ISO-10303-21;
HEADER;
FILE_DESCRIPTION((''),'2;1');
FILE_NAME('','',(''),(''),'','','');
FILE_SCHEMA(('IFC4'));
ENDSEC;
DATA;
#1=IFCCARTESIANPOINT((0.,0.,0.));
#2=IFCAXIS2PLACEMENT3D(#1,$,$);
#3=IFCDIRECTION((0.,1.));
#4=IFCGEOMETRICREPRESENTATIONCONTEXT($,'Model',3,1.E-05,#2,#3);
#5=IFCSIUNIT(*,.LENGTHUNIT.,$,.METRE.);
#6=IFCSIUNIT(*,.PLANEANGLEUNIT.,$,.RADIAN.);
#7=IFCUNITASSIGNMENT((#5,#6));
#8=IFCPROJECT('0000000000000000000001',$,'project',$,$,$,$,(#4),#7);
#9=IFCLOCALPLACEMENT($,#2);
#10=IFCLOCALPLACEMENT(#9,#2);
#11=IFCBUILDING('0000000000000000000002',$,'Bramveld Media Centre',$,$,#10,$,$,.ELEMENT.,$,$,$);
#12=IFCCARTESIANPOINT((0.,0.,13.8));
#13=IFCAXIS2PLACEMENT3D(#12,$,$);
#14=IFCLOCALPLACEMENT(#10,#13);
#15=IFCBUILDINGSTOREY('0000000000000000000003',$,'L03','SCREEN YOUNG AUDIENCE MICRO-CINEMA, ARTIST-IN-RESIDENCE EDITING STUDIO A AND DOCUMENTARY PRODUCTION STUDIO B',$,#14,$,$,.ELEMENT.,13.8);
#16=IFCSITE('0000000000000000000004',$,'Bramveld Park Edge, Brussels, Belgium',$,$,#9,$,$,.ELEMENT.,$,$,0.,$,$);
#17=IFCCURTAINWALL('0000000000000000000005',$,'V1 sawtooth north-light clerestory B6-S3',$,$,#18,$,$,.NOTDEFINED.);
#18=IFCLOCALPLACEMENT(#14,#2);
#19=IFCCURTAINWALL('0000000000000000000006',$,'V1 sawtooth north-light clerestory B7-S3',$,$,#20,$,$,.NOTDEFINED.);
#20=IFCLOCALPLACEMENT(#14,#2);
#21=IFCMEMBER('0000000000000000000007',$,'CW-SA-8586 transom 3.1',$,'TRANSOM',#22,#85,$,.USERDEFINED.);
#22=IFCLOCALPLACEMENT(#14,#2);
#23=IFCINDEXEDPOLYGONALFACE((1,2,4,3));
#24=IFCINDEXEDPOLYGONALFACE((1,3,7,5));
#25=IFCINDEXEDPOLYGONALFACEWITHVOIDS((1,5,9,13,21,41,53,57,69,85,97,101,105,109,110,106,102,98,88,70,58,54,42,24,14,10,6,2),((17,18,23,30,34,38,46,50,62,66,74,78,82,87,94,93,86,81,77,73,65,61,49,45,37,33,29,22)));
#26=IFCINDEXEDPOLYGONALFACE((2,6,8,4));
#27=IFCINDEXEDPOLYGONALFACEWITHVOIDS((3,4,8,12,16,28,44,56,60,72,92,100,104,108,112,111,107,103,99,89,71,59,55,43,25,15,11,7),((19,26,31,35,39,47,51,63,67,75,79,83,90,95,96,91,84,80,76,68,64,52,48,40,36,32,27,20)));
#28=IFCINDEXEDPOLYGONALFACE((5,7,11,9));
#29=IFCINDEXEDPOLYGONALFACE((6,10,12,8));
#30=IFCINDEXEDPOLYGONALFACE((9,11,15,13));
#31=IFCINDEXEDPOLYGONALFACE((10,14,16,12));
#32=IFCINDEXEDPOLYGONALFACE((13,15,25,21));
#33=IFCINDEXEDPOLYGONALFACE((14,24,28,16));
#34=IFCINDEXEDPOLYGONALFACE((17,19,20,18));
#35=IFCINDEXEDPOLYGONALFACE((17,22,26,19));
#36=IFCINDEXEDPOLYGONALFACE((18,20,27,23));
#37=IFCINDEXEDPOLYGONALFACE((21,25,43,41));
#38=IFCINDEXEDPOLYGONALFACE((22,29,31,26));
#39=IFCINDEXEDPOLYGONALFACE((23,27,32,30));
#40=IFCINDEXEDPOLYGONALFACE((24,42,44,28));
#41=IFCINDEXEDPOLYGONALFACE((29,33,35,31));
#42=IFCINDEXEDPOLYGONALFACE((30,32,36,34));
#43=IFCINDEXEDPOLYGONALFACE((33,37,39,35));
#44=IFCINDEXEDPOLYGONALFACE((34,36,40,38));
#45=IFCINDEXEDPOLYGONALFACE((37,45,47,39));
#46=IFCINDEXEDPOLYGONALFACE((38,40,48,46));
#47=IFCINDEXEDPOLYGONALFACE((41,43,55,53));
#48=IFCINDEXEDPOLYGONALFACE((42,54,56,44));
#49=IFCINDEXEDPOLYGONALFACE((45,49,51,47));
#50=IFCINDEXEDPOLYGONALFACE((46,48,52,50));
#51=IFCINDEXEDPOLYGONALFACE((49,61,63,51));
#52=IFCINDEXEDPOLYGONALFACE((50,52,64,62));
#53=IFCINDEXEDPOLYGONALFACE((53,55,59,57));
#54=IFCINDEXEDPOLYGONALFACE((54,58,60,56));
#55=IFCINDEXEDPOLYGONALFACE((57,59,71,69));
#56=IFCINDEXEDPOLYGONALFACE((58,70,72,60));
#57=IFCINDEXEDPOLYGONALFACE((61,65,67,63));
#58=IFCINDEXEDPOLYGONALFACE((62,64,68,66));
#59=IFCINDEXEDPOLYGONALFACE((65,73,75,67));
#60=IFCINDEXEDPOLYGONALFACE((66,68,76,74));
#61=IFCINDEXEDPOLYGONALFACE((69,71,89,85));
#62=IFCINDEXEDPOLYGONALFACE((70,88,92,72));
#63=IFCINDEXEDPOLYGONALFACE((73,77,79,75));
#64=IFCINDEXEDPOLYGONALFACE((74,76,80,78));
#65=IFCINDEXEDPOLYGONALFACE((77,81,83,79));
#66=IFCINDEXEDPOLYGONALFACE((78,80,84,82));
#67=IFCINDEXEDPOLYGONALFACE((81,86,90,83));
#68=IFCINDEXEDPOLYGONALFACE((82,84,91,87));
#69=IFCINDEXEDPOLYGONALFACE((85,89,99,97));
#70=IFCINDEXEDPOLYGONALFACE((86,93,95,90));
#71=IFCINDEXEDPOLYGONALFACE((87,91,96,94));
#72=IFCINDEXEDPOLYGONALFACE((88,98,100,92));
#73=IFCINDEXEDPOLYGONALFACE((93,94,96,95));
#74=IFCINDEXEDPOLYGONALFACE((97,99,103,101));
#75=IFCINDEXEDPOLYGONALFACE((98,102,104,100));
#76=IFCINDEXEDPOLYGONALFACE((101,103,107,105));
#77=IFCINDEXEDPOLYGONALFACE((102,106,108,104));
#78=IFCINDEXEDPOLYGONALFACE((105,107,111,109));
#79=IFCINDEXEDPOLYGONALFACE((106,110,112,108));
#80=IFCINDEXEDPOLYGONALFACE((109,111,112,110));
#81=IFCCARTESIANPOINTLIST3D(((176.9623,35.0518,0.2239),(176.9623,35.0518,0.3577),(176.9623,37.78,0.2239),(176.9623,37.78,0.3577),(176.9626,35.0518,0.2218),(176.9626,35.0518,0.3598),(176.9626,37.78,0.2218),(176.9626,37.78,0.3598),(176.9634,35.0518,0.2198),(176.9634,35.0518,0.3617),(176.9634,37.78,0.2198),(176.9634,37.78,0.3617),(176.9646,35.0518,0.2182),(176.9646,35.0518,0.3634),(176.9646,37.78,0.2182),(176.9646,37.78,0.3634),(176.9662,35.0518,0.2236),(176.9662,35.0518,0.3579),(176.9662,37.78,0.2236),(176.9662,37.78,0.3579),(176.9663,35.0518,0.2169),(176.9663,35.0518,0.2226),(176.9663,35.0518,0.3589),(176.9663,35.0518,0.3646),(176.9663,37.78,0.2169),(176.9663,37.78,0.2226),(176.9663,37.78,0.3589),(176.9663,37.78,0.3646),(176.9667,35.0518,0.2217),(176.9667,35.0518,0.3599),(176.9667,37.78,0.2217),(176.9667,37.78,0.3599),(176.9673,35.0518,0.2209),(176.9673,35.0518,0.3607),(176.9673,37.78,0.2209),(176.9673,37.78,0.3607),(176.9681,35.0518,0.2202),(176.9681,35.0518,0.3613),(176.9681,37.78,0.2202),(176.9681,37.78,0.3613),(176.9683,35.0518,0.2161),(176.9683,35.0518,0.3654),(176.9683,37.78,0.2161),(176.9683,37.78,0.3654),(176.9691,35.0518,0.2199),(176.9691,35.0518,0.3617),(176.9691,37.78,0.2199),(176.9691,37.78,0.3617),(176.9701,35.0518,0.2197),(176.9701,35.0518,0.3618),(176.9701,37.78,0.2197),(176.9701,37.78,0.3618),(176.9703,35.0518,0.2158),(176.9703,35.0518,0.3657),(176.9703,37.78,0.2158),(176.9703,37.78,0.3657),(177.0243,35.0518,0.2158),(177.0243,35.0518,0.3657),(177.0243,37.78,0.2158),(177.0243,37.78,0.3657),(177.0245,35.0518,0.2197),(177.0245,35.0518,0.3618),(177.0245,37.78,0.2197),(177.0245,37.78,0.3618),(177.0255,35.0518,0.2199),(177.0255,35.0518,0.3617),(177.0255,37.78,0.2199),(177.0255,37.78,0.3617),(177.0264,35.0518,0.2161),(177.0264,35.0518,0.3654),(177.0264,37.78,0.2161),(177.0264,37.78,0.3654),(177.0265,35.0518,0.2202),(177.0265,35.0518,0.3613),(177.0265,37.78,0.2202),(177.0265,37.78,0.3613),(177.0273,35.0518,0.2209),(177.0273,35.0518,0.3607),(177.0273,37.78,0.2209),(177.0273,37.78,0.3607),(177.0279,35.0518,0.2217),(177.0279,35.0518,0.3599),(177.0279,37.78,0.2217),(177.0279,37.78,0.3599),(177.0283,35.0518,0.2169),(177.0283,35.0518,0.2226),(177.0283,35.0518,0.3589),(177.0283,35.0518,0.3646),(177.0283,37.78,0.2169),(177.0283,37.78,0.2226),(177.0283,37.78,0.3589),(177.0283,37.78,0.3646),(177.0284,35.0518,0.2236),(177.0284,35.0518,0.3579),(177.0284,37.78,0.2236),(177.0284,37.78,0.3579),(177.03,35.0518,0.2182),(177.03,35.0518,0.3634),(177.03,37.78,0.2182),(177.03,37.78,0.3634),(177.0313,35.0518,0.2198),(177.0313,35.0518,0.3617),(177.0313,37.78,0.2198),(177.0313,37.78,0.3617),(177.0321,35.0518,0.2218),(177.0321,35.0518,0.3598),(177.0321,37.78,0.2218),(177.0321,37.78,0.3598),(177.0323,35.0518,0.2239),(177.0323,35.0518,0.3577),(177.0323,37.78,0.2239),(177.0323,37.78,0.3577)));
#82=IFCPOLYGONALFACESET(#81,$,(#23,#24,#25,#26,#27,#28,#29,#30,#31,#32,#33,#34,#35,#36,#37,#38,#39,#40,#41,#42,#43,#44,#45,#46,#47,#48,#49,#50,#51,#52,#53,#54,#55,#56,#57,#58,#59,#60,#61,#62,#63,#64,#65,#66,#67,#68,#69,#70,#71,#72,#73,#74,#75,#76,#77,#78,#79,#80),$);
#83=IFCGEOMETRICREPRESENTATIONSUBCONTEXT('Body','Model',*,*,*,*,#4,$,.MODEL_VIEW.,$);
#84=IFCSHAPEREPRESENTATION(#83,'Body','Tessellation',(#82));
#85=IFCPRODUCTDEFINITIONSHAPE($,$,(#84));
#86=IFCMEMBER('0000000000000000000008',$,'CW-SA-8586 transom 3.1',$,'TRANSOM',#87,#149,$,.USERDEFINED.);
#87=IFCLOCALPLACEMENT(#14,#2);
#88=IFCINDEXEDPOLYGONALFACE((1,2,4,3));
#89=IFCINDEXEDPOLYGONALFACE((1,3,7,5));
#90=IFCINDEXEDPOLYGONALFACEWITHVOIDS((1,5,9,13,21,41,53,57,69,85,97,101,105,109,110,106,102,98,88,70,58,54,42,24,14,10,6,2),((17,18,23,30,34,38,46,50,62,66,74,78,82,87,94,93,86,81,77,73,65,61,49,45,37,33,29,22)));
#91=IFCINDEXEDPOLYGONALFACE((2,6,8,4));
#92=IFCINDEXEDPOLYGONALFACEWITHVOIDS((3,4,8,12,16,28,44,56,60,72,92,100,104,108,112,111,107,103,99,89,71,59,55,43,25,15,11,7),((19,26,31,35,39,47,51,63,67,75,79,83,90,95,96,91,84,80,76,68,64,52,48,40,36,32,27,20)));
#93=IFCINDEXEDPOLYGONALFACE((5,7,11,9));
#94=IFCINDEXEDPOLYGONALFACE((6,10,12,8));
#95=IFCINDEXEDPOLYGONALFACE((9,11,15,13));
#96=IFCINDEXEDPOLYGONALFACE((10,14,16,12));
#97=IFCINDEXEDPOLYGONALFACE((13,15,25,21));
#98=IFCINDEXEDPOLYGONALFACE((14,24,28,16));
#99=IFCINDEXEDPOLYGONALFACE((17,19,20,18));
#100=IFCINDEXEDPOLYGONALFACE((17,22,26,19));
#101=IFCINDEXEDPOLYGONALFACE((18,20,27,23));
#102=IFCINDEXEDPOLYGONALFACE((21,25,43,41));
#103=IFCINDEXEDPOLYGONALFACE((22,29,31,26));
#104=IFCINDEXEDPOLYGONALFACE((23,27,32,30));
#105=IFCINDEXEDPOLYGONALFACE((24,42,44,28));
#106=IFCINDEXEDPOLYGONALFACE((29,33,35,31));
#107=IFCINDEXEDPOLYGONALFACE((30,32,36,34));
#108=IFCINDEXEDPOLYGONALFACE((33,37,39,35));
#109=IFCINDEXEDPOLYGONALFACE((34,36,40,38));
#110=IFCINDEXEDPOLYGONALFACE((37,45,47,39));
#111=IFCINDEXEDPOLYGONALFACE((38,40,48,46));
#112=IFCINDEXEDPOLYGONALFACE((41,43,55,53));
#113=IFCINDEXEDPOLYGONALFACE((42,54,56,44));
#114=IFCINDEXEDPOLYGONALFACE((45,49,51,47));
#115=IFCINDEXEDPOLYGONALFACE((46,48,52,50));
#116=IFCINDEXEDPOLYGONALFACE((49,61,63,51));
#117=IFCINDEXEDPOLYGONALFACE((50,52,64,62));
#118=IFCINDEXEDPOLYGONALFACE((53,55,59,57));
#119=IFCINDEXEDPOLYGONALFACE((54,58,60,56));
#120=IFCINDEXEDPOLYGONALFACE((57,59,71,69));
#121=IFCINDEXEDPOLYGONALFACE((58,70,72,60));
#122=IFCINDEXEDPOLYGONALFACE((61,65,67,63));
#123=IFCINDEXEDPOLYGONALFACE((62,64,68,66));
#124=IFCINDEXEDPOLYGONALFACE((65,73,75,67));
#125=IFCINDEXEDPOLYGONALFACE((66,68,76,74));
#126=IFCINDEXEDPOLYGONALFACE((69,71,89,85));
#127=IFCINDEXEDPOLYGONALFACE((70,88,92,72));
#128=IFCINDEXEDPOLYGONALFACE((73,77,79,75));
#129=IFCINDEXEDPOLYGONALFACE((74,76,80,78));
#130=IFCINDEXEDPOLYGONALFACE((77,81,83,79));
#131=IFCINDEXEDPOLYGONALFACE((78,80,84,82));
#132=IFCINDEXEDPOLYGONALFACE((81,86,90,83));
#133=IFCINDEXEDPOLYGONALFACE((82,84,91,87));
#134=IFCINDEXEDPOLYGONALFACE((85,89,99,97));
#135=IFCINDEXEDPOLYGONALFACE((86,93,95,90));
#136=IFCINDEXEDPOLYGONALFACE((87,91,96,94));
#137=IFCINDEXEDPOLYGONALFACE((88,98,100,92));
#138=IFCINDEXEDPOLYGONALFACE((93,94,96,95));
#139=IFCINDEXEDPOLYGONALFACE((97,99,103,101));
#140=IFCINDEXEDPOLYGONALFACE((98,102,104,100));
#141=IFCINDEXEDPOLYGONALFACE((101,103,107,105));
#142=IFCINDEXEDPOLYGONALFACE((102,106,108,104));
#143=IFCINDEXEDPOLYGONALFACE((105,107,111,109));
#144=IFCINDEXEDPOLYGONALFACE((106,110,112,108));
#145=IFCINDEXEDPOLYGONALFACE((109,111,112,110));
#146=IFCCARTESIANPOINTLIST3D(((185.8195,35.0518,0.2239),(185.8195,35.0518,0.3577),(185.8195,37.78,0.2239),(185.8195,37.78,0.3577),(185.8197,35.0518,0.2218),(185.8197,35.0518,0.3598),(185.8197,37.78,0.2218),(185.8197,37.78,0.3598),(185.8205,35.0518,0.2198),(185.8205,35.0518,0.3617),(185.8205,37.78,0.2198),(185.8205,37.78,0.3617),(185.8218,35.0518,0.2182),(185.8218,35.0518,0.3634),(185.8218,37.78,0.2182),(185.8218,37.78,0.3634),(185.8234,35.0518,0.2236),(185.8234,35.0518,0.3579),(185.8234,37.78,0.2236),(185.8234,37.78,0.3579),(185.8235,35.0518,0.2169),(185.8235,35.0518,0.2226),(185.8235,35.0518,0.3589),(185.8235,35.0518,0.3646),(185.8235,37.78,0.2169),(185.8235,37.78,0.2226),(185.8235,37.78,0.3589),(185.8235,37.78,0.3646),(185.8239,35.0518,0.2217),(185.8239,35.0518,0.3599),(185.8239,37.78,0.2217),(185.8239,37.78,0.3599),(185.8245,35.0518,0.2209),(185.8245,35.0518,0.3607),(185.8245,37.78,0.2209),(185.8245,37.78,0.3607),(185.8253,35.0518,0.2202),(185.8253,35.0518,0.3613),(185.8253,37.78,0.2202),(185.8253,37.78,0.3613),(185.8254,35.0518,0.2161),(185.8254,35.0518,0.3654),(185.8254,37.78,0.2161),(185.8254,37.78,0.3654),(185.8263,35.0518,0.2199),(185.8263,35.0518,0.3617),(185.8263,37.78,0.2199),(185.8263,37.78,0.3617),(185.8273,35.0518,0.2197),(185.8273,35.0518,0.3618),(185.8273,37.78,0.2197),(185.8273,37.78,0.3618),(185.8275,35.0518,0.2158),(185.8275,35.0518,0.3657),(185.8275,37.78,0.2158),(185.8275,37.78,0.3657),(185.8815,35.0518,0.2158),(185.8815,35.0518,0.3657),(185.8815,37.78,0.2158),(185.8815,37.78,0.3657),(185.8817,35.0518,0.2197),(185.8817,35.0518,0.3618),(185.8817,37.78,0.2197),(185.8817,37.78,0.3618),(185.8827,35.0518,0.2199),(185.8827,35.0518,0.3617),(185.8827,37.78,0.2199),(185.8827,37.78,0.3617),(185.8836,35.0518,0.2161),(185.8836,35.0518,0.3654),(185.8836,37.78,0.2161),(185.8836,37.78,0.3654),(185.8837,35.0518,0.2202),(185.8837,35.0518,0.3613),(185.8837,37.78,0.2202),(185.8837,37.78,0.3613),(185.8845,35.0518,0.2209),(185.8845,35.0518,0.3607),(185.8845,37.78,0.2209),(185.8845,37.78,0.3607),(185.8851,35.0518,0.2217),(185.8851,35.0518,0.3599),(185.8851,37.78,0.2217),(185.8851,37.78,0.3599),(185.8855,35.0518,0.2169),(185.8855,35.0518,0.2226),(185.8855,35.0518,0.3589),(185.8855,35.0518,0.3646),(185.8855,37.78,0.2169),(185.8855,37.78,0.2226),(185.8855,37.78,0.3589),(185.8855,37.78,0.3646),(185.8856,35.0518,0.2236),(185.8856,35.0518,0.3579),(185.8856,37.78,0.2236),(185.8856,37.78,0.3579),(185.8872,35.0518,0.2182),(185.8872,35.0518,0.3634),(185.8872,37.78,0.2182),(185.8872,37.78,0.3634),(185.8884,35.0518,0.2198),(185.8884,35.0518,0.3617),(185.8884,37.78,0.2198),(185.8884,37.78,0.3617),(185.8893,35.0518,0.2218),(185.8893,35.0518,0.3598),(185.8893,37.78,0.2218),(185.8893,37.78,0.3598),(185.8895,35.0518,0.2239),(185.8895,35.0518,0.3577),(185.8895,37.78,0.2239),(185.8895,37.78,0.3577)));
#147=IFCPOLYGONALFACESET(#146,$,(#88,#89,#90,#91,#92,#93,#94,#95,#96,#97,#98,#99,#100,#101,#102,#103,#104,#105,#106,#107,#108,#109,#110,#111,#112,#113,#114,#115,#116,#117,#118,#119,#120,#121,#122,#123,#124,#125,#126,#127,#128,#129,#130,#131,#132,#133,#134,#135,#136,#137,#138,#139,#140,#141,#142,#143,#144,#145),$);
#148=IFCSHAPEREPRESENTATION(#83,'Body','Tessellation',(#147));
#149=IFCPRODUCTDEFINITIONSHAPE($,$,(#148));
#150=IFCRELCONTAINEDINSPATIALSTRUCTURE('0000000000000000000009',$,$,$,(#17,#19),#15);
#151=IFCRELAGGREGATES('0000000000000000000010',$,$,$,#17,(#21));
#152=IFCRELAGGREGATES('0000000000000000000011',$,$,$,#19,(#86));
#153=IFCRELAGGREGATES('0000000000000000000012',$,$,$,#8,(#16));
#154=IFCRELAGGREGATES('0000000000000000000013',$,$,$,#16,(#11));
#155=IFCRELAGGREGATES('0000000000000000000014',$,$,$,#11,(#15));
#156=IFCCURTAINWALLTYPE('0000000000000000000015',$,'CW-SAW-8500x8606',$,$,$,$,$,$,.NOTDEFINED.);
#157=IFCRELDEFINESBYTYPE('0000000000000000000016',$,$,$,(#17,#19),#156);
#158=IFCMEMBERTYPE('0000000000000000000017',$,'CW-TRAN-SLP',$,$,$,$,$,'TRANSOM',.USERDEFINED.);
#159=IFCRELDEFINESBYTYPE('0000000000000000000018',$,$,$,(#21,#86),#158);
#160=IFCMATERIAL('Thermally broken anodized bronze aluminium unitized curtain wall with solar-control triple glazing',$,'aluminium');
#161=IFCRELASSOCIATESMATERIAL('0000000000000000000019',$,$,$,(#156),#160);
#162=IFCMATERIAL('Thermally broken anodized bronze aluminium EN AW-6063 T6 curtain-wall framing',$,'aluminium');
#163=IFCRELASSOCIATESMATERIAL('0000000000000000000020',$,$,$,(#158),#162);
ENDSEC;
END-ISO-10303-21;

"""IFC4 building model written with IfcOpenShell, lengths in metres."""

from ifc_helpers import new_model, si_unit, direction, frame, origin, origin_2d, place, context, subcontext, project, spatial, hollow_rectangle, extrude, material, material_profile, profile_set, type_object, element, aggregate, save


model = new_model("IFC4")

# Units and contexts
model_context = context("Model", 3, precision=1e-05, world=origin(), true_north=direction((0.0, 1.0)))
body_context = subcontext(model_context, "Body", "Model", "MODEL_VIEW")
ifc_project = project(units=[si_unit("LENGTHUNIT", "METRE"), si_unit("PLANEANGLEUNIT", "RADIAN")], contexts=[model_context])

# Site, building, storey
site_placement = place(None, origin())
site = spatial("IfcSite", under=ifc_project, at=site_placement, Name="Bramveld Park Edge, Brussels, Belgium", CompositionType="ELEMENT", RefElevation=0.0)
building_placement = place(site_placement, origin())
building = spatial("IfcBuilding", under=site, at=building_placement, Name="Bramveld Media Centre", CompositionType="ELEMENT")
storey_placement = place(building_placement, frame((0.0, 0.0, 13.8)))
storey = spatial("IfcBuildingStorey", under=building, at=storey_placement, Name="L03", Description="SCREEN YOUNG AUDIENCE MICRO-CINEMA, ARTIST-IN-RESIDENCE EDITING STUDIO A AND DOCUMENTARY PRODUCTION STUDIO B", CompositionType="ELEMENT", Elevation=13.8)

# Curtain walls
ifc_material_1 = material(Name="Thermally broken anodized bronze aluminium unitized curtain wall with solar-control triple glazing", Category="aluminium")
curtain_wall_type = type_object("IfcCurtainWallType", Name="CW-SAW-8500x8606", PredefinedType="NOTDEFINED", material=ifc_material_1)
curtain_wall_1_placement = place(storey_placement, origin())
curtain_wall_1 = element("IfcCurtainWall", 1, at=curtain_wall_1_placement, inside=storey, type_object=curtain_wall_type, Name="V1 sawtooth north-light clerestory B6-S3", PredefinedType="NOTDEFINED")
curtain_wall_2_placement = place(storey_placement, origin())
curtain_wall_2 = element("IfcCurtainWall", 2, at=curtain_wall_2_placement, inside=storey, type_object=curtain_wall_type, Name="V1 sawtooth north-light clerestory B7-S3", PredefinedType="NOTDEFINED")

# Members
ifc_material_2 = material(Name="Thermally broken anodized bronze aluminium EN AW-6063 T6 curtain-wall framing", Category="aluminium")
ifc_material_profile_1 = material_profile(ifc_material_2, hollow_rectangle(XDim=0.0701, YDim=0.1499, WallThickness=0.0039, InnerFilletRadius=0.0039, OuterFilletRadius=0.0081, at=origin_2d()), Name="AL-TRAN 70x150")
ifc_profile_set_1 = profile_set([ifc_material_profile_1], Name="Thermally broken anodized bronze aluminium EN AW-6063 T6 curtain-wall framing")
member_type_1 = type_object("IfcMemberType", Name="CW-TRAN-SLP", ElementType="TRANSOM", PredefinedType="USERDEFINED", material=ifc_profile_set_1)
member_1_placement = place(storey_placement, frame((176.9973, 35.0518, 0.2908), z_axis=(0.0, 1.0, 0.0), x_axis=(-1.0, 0.0, 0.0)))
member_1 = element("IfcMember", 3, at=member_1_placement, type_object=member_type_1, Name="CW-SA-8586 transom 3.1", ObjectType="TRANSOM", PredefinedType="USERDEFINED", context=body_context, shape_type="SweptSolid", body=[
    extrude(hollow_rectangle(XDim=0.0701, YDim=0.1499, WallThickness=0.0039, InnerFilletRadius=0.0039, OuterFilletRadius=0.0081, at=origin_2d()), origin(), (0.0, 0.0, 1.0), 2.7283),
])
member_2_placement = place(storey_placement, frame((185.8545, 35.0518, 0.2908), z_axis=(0.0, 1.0, 0.0), x_axis=(-1.0, 0.0, 0.0)))
member_2 = element("IfcMember", 4, at=member_2_placement, type_object=member_type_1, Name="CW-SA-8586 transom 3.1", ObjectType="TRANSOM", PredefinedType="USERDEFINED", context=body_context, shape_type="SweptSolid", body=[
    extrude(hollow_rectangle(XDim=0.0701, YDim=0.1499, WallThickness=0.0039, InnerFilletRadius=0.0039, OuterFilletRadius=0.0081, at=origin_2d()), origin(), (0.0, 0.0, 1.0), 2.7283),
])

aggregate(curtain_wall_1, [member_1])
aggregate(curtain_wall_2, [member_2])

save(model, "model.ifc")
